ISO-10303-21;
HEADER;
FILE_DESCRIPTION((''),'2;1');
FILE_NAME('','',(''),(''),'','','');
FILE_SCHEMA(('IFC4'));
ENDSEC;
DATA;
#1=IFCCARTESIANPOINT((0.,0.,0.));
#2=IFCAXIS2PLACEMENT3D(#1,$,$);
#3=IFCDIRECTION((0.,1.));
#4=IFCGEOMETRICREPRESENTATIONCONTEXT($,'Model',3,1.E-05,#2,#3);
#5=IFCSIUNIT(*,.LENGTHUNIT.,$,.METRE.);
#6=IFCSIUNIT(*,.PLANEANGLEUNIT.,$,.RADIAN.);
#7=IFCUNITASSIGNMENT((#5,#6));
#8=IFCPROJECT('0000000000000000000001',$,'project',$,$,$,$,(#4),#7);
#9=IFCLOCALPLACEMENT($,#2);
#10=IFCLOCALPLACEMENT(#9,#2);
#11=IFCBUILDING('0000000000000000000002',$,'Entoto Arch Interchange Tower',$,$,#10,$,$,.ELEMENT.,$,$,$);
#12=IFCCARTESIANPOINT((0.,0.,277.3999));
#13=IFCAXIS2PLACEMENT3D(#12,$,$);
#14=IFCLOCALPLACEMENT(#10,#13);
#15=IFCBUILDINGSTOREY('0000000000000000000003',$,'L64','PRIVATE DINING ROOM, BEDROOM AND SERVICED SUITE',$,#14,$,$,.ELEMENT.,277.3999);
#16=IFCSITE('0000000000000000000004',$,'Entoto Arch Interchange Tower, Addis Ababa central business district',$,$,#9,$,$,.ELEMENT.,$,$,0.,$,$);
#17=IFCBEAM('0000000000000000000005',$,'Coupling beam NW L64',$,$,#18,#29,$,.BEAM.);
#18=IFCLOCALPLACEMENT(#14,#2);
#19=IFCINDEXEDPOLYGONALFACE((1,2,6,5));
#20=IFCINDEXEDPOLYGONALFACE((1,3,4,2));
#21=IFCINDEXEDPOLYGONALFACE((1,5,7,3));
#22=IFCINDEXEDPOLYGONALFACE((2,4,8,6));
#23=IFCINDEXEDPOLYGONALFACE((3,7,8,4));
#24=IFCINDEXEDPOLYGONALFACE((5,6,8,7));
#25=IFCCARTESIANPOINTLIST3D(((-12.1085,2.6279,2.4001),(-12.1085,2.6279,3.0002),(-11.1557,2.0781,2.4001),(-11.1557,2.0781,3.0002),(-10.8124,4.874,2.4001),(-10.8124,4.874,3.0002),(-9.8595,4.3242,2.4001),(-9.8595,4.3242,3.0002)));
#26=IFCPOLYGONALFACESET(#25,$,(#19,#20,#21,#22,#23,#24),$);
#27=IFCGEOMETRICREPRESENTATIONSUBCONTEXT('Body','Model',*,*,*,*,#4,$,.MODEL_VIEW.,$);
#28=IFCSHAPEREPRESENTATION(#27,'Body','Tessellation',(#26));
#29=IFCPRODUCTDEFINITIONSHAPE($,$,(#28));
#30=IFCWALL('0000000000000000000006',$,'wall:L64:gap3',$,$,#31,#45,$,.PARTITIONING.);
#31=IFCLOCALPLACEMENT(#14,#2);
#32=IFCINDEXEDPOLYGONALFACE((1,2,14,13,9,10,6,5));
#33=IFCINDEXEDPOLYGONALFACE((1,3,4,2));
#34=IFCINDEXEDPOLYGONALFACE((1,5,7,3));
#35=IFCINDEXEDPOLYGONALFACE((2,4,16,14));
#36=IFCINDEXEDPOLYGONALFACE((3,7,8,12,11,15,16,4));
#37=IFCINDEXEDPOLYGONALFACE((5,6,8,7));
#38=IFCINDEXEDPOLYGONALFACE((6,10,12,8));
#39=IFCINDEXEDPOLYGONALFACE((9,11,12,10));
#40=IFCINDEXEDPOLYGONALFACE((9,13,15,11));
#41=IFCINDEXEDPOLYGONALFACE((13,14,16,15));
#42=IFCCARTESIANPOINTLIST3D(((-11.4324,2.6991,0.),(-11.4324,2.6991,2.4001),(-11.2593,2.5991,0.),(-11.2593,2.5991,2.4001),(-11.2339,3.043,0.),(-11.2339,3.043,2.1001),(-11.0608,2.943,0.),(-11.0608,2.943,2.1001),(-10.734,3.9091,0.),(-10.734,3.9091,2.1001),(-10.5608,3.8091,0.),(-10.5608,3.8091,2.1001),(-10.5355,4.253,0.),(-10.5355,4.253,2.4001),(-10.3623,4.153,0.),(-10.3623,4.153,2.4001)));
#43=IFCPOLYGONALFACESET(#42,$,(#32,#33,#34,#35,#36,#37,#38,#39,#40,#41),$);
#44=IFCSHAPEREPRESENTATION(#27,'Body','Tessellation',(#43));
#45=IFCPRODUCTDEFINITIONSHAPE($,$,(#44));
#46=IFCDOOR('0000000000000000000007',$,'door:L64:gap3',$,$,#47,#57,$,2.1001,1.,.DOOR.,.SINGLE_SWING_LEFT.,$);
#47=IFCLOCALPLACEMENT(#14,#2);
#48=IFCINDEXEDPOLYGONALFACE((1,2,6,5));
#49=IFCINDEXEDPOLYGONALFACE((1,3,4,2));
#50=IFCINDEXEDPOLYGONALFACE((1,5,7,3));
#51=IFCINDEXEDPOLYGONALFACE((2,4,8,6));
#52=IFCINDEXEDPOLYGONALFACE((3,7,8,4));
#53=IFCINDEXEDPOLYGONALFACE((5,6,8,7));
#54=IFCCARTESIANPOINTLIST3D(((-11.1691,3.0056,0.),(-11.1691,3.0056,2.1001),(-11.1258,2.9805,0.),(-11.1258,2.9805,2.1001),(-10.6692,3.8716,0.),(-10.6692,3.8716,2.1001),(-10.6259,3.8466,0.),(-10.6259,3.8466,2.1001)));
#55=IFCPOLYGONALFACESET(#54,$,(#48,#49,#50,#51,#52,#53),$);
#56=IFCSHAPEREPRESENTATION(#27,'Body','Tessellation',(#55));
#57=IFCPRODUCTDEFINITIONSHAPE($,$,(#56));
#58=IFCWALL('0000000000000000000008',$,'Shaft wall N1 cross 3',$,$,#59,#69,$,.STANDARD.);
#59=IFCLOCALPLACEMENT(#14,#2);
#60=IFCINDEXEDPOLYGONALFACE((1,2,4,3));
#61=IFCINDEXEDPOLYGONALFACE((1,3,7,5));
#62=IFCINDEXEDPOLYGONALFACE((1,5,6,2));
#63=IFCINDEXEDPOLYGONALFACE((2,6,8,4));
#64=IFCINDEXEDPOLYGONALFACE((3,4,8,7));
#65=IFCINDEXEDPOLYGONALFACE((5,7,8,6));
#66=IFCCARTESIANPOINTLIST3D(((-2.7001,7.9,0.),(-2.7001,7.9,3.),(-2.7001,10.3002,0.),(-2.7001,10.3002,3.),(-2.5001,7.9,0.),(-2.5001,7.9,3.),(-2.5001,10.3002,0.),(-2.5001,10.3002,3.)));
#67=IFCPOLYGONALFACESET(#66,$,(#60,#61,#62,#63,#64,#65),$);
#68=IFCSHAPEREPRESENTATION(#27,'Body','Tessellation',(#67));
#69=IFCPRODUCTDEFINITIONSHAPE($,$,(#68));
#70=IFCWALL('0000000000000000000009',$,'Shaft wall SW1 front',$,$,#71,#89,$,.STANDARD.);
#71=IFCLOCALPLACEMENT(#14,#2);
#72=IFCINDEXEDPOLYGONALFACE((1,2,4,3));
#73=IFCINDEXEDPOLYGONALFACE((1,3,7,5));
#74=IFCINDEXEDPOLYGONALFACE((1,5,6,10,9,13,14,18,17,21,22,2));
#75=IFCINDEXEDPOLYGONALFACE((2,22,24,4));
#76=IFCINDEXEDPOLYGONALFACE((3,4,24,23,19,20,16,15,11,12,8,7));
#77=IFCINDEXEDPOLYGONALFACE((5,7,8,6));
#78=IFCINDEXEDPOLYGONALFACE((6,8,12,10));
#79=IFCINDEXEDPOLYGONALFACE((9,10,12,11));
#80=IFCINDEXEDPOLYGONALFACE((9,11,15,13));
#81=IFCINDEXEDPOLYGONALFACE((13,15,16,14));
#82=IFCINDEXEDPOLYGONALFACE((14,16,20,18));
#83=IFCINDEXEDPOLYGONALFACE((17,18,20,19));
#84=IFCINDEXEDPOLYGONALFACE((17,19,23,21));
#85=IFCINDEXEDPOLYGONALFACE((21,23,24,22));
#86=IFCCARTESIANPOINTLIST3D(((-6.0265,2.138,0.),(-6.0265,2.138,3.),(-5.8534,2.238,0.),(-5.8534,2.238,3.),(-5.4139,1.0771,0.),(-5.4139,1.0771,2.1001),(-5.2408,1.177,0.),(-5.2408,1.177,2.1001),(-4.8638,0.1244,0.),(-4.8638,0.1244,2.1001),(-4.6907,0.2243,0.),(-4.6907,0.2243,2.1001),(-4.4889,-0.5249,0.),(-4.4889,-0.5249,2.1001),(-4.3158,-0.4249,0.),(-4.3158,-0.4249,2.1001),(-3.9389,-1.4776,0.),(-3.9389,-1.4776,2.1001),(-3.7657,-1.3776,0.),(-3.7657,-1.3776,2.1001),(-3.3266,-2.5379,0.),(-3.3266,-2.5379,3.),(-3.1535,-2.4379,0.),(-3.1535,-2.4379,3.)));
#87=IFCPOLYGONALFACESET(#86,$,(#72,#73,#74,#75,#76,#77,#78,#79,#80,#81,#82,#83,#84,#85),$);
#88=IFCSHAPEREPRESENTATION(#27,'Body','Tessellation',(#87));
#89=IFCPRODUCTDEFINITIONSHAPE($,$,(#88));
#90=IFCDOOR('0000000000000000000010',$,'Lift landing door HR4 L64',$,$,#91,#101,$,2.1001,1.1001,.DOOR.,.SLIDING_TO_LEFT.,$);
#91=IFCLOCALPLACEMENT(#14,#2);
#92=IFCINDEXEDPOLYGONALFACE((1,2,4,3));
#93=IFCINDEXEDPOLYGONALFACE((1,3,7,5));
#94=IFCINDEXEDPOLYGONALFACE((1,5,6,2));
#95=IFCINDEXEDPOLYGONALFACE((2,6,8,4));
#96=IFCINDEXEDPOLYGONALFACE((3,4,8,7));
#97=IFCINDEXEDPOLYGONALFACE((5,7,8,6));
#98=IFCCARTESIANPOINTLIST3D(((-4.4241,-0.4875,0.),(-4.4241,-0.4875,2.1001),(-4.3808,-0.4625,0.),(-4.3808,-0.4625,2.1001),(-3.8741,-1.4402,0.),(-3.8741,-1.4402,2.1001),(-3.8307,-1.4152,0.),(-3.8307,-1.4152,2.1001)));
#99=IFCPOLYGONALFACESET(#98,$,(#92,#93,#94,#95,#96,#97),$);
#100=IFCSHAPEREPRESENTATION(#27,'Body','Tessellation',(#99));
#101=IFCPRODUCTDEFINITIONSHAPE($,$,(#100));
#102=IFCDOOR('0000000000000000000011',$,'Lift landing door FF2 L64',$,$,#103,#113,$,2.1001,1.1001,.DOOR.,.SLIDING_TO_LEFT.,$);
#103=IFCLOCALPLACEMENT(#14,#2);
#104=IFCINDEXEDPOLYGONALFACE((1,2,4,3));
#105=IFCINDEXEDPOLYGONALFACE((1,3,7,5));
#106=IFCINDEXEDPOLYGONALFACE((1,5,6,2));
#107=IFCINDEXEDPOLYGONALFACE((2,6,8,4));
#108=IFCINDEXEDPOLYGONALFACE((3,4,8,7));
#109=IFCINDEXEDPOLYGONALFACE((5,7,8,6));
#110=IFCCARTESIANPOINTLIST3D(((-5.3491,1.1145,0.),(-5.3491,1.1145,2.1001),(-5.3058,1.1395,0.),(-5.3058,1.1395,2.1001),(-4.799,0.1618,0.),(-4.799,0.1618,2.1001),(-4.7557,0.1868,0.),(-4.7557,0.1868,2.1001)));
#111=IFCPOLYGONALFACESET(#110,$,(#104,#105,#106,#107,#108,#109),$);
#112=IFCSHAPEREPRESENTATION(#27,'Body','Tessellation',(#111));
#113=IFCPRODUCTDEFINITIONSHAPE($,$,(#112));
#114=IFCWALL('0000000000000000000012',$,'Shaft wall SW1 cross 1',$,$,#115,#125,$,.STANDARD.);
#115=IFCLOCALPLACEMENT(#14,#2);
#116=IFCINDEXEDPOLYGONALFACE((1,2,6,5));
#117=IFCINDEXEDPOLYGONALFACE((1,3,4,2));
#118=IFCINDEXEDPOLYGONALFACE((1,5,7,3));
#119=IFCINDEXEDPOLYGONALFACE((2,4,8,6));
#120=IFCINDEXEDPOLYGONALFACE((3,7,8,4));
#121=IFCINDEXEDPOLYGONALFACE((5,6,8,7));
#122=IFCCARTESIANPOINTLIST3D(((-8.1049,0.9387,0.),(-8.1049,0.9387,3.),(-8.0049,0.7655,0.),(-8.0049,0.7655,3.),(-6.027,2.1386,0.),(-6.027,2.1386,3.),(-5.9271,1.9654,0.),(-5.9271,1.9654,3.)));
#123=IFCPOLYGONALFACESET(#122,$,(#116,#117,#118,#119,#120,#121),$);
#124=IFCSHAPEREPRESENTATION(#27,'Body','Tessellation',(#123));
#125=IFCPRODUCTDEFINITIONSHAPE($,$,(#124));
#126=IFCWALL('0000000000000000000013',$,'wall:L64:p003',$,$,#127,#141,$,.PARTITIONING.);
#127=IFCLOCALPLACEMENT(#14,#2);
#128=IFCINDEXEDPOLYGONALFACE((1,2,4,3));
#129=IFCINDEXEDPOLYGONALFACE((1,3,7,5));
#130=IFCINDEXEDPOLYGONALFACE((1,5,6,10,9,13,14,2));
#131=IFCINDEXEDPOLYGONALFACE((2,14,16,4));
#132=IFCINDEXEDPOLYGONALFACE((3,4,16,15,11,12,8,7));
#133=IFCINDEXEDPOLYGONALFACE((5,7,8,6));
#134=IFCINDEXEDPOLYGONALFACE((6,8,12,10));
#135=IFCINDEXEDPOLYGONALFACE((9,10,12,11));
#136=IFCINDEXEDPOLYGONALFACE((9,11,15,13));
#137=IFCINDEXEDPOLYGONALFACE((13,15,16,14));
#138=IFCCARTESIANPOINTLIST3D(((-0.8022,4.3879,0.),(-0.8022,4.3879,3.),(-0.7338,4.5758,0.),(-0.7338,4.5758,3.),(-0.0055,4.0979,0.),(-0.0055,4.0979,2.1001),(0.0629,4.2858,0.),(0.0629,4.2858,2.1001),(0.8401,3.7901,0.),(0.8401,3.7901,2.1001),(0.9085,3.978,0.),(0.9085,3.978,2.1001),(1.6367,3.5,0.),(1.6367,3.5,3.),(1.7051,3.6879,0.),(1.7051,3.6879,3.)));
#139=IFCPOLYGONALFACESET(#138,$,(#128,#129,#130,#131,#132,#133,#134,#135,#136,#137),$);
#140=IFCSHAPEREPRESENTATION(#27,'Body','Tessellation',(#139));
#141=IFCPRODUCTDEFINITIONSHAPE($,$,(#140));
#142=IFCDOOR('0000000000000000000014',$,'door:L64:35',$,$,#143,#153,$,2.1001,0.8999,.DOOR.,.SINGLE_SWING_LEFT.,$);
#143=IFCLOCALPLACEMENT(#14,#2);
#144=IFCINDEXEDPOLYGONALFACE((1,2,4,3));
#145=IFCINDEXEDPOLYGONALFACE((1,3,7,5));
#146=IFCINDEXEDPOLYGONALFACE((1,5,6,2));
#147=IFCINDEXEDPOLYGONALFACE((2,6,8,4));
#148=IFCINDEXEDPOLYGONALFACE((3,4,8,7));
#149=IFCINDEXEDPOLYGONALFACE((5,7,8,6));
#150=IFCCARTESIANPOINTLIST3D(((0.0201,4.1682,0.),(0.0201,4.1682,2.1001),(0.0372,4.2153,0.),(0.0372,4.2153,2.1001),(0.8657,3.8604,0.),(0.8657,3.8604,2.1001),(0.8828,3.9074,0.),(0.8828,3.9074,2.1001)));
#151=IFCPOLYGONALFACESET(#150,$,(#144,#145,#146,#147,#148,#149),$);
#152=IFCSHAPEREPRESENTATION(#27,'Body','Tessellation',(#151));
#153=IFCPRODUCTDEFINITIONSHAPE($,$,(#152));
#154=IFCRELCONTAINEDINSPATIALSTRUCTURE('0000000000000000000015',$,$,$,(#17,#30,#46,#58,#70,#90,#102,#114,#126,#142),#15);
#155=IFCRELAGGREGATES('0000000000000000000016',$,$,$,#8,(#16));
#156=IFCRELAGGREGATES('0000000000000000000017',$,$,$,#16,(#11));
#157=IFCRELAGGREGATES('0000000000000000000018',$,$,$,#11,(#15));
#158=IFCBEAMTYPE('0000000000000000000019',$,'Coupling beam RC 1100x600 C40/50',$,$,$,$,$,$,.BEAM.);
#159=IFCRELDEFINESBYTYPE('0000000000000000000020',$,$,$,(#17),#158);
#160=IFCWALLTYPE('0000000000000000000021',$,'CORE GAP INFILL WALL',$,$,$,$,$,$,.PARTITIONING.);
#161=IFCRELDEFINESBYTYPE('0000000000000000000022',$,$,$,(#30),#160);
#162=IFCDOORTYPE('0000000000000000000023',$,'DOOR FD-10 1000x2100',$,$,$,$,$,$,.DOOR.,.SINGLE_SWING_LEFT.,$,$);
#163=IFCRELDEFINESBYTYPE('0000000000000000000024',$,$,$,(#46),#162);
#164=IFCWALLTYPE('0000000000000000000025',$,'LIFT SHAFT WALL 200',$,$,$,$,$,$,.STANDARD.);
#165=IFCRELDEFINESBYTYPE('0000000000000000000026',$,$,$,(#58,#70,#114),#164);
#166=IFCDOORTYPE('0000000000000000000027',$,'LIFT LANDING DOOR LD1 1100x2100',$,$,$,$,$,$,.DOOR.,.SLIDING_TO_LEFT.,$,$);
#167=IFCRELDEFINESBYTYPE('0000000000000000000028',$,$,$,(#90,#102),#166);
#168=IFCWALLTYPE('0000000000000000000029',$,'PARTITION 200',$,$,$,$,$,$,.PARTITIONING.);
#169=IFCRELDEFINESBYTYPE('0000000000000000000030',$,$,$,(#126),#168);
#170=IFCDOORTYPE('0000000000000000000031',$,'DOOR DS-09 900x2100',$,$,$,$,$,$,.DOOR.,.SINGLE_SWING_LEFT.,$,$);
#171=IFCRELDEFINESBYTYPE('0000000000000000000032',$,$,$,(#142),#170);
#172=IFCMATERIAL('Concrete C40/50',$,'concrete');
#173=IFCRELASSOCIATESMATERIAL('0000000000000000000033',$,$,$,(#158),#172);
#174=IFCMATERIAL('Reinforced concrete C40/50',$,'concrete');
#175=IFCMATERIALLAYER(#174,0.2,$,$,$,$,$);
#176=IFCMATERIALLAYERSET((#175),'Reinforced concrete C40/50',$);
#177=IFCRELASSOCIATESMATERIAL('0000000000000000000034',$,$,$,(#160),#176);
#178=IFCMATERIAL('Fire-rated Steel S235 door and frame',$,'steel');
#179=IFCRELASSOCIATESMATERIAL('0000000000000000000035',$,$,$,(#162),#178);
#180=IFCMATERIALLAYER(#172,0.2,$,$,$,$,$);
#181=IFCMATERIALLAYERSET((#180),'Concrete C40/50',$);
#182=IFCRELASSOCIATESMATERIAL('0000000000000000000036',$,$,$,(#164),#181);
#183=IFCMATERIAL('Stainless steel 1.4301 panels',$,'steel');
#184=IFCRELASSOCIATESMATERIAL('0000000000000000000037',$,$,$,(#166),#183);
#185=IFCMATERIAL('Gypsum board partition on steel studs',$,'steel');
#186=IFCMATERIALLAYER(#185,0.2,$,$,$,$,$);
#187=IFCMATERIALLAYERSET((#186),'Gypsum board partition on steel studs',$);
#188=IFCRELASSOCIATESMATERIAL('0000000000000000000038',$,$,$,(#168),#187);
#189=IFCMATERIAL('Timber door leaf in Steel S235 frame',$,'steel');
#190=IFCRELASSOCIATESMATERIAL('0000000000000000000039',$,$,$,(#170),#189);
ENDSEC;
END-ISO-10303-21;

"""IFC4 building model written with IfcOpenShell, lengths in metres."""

from ifc_helpers import new_model, si_unit, direction, frame, frame_2d, origin, origin_2d, place, context, subcontext, project, spatial, rectangle, extrude, material, layer, layer_set, material_profile, profile_set, type_object, element, fill, save


model = new_model("IFC4")

# Units and contexts
model_context = context("Model", 3, precision=1e-05, world=origin(), true_north=direction((0.0, 1.0)))
body_context = subcontext(model_context, "Body", "Model", "MODEL_VIEW")
ifc_project = project(units=[si_unit("LENGTHUNIT", "METRE"), si_unit("PLANEANGLEUNIT", "RADIAN")], contexts=[model_context])

# Site, building, storey
site_placement = place(None, origin())
site = spatial("IfcSite", under=ifc_project, at=site_placement, Name="Entoto Arch Interchange Tower, Addis Ababa central business district", CompositionType="ELEMENT", RefElevation=0.0)
building_placement = place(site_placement, origin())
building = spatial("IfcBuilding", under=site, at=building_placement, Name="Entoto Arch Interchange Tower", CompositionType="ELEMENT")
storey_placement = place(building_placement, frame((0.0, 0.0, 277.3999)))
storey = spatial("IfcBuildingStorey", under=building, at=storey_placement, Name="L64", Description="PRIVATE DINING ROOM, BEDROOM AND SERVICED SUITE", CompositionType="ELEMENT", Elevation=277.3999)

# Beam
ifc_material_1 = material(Name="Concrete C40/50", Category="concrete")
ifc_material_profile = material_profile(ifc_material_1, rectangle(XDim=1.1001, YDim=0.6001, at=origin_2d()))
ifc_profile_set = profile_set([ifc_material_profile], Name="Concrete C40/50")
beam_type = type_object("IfcBeamType", Name="Coupling beam RC 1100x600 C40/50", PredefinedType="BEAM", material=ifc_profile_set)
beam_placement = place(storey_placement, frame((-10.3359, 4.5991, 2.7002), z_axis=(-0.499815, -0.866132, 0.0), x_axis=(0.866132, -0.499815, 0.0)))
element("IfcBeam", 1, at=beam_placement, inside=storey, type_object=beam_type, Name="Coupling beam NW L64", PredefinedType="BEAM", context=body_context, shape_type="SweptSolid", body=[
    extrude(rectangle(XDim=1.1001, YDim=0.6001, at=origin_2d()), origin(), (0.0, 0.0, 1.0), 2.5933),
])

# Wall, opening, door
ifc_material_2 = material(Name="Reinforced concrete C40/50", Category="concrete")
ifc_layer_1 = layer(ifc_material_2, 0.2)
ifc_layer_set_1 = layer_set([ifc_layer_1], Name="Reinforced concrete C40/50")
wall_type_1 = type_object("IfcWallType", Name="CORE GAP INFILL WALL", PredefinedType="PARTITIONING", material=ifc_layer_set_1)
wall_1_placement = place(storey_placement, frame((-10.449, 4.2029, 0.0), z_axis=(0.0, 0.0, 1.0), x_axis=(-0.499915, -0.866075, 0.0)))
wall_1 = element("IfcWall", 2, at=wall_1_placement, inside=storey, type_object=wall_type_1, Name="wall:L64:gap3", PredefinedType="PARTITIONING", context=body_context, shape_type="SweptSolid", body=[
    extrude(rectangle(XDim=1.7942, YDim=0.2, at=frame_2d((0.897, 0.0))), origin(), (0.0, 0.0, 1.0), 2.4001),
])
opening_1_placement = place(wall_1_placement, frame((0.397, 0.0, 0.0)))
opening_1 = element("IfcOpeningElement", 3, at=opening_1_placement, cuts=wall_1, PredefinedType="OPENING", context=body_context, shape_type="SweptSolid", body=[
    extrude(rectangle(XDim=1.0, YDim=2.1001, at=frame_2d((0.5, 1.05))), frame((0.0, 0.1099, 0.0), z_axis=(0.0, -1.0, 0.0), x_axis=(1.0, 0.0, 0.0)), (0.0, 0.0, 1.0), 0.22),
])
ifc_material_3 = material(Name="Fire-rated Steel S235 door and frame", Category="steel")
door_type_1 = type_object("IfcDoorType", Name="DOOR FD-10 1000x2100", OperationType="SINGLE_SWING_LEFT", PredefinedType="DOOR", material=ifc_material_3)
door_1_placement = place(opening_1_placement, origin())
door_1 = element("IfcDoor", 4, at=door_1_placement, inside=storey, type_object=door_type_1, Name="door:L64:gap3", OperationType="SINGLE_SWING_LEFT", OverallHeight=2.1001, OverallWidth=1.0, PredefinedType="DOOR", context=body_context, shape_type="SweptSolid", body=[
    extrude(rectangle(XDim=1.0, YDim=2.1001, at=frame_2d((0.5, 1.05))), frame((0.0, 0.0249, 0.0), z_axis=(0.0, -1.0, 0.0), x_axis=(1.0, 0.0, 0.0)), (0.0, 0.0, 1.0), 0.05),
])
fill(opening_1, door_1)

# Wall
ifc_layer_2 = layer(ifc_material_1, 0.2)
ifc_layer_set_2 = layer_set([ifc_layer_2], Name="Concrete C40/50")
wall_type_2 = type_object("IfcWallType", Name="LIFT SHAFT WALL 200", PredefinedType="STANDARD", material=ifc_layer_set_2)
wall_2_placement = place(storey_placement, frame((-2.6001, 7.8999, 0.0), z_axis=(0.0, 0.0, 1.0), x_axis=(0.0, 1.0, 0.0)))
element("IfcWall", 5, at=wall_2_placement, inside=storey, type_object=wall_type_2, Name="Shaft wall N1 cross 3", PredefinedType="STANDARD", context=body_context, shape_type="SweptSolid", body=[
    extrude(rectangle(XDim=2.4001, YDim=0.2, at=frame_2d((1.2002, 0.0))), origin(), (0.0, 0.0, 1.0), 3.0),
])

# Wall, openings, doors
wall_3_placement = place(storey_placement, frame((-5.9399, 2.188, 0.0), z_axis=(0.0, 0.0, 1.0), x_axis=(0.500034, -0.866006, 0.0)))
wall_3 = element("IfcWall", 6, at=wall_3_placement, inside=storey, type_object=wall_type_2, Name="Shaft wall SW1 front", PredefinedType="STANDARD", context=body_context, shape_type="SweptSolid", body=[
    extrude(rectangle(XDim=5.3994, YDim=0.2, at=frame_2d((2.6997, 0.0))), origin(), (0.0, 0.0, 1.0), 3.0),
])
opening_2_placement = place(wall_3_placement, frame((3.075, 0.0, 0.0)))
opening_2 = element("IfcOpeningElement", 7, at=opening_2_placement, cuts=wall_3, PredefinedType="OPENING", context=body_context, shape_type="SweptSolid", body=[
    extrude(rectangle(XDim=1.1001, YDim=2.1001, at=frame_2d((0.55, 1.05))), frame((0.0, 0.1099, 0.0), z_axis=(0.0, -1.0, 0.0), x_axis=(1.0, 0.0, 0.0)), (0.0, 0.0, 1.0), 0.22),
])
opening_3_placement = place(wall_3_placement, frame((1.2251, 0.0, 0.0)))
opening_3 = element("IfcOpeningElement", 8, at=opening_3_placement, cuts=wall_3, PredefinedType="OPENING", context=body_context, shape_type="SweptSolid", body=[
    extrude(rectangle(XDim=1.1001, YDim=2.1001, at=frame_2d((0.55, 1.05))), frame((0.0, 0.1099, 0.0), z_axis=(0.0, -1.0, 0.0), x_axis=(1.0, 0.0, 0.0)), (0.0, 0.0, 1.0), 0.22),
])
ifc_material_4 = material(Name="Stainless steel 1.4301 panels", Category="steel")
door_type_2 = type_object("IfcDoorType", Name="LIFT LANDING DOOR LD1 1100x2100", OperationType="SLIDING_TO_LEFT", PredefinedType="DOOR", material=ifc_material_4)
door_2_placement = place(opening_2_placement, origin())
door_2 = element("IfcDoor", 9, at=door_2_placement, inside=storey, type_object=door_type_2, Name="Lift landing door HR4 L64", OperationType="SLIDING_TO_LEFT", OverallHeight=2.1001, OverallWidth=1.1001, PredefinedType="DOOR", context=body_context, shape_type="SweptSolid", body=[
    extrude(rectangle(XDim=1.1001, YDim=2.1001, at=frame_2d((0.55, 1.05))), frame((0.0, 0.0249, 0.0), z_axis=(0.0, -1.0, 0.0), x_axis=(1.0, 0.0, 0.0)), (0.0, 0.0, 1.0), 0.05),
])
fill(opening_2, door_2)
door_3_placement = place(opening_3_placement, origin())
door_3 = element("IfcDoor", 10, at=door_3_placement, inside=storey, type_object=door_type_2, Name="Lift landing door FF2 L64", OperationType="SLIDING_TO_LEFT", OverallHeight=2.1001, OverallWidth=1.1001, PredefinedType="DOOR", context=body_context, shape_type="SweptSolid", body=[
    extrude(rectangle(XDim=1.1001, YDim=2.1001, at=frame_2d((0.55, 1.05))), frame((0.0, 0.0249, 0.0), z_axis=(0.0, -1.0, 0.0), x_axis=(1.0, 0.0, 0.0)), (0.0, 0.0, 1.0), 0.05),
])
fill(opening_3, door_3)

# Wall
wall_4_placement = place(storey_placement, frame((-5.9771, 2.052, 0.0), z_axis=(0.0, 0.0, 1.0), x_axis=(-0.865974, -0.500089, 0.0)))
element("IfcWall", 11, at=wall_4_placement, inside=storey, type_object=wall_type_2, Name="Shaft wall SW1 cross 1", PredefinedType="STANDARD", context=body_context, shape_type="SweptSolid", body=[
    extrude(rectangle(XDim=2.3994, YDim=0.2, at=frame_2d((1.1997, 0.0))), origin(), (0.0, 0.0, 1.0), 3.0),
])

# Wall, opening, door
ifc_material_5 = material(Name="Gypsum board partition on steel studs", Category="steel")
ifc_layer_3 = layer(ifc_material_5, 0.2)
ifc_layer_set_3 = layer_set([ifc_layer_3], Name="Gypsum board partition on steel studs")
wall_type_3 = type_object("IfcWallType", Name="PARTITION 200", PredefinedType="PARTITIONING", material=ifc_layer_set_3)
wall_5_placement = place(storey_placement, frame((-0.7681, 4.4819, 0.0), z_axis=(0.0, 0.0, 1.0), x_axis=(0.939664, -0.342098, 0.0)))
wall_5 = element("IfcWall", 12, at=wall_5_placement, inside=storey, type_object=wall_type_3, Name="wall:L64:p003", PredefinedType="PARTITIONING", context=body_context, shape_type="SweptSolid", body=[
    extrude(rectangle(XDim=2.5955, YDim=0.2, at=frame_2d((1.2979, 0.0))), origin(), (0.0, 0.0, 1.0), 3.0),
])
opening_4_placement = place(wall_5_placement, frame((0.8479, 0.0, 0.0)))
opening_4 = element("IfcOpeningElement", 13, at=opening_4_placement, cuts=wall_5, PredefinedType="OPENING", context=body_context, shape_type="SweptSolid", body=[
    extrude(rectangle(XDim=0.8999, YDim=2.1001, at=frame_2d((0.45, 1.05))), frame((0.0, 0.1099, 0.0), z_axis=(0.0, -1.0, 0.0), x_axis=(1.0, 0.0, 0.0)), (0.0, 0.0, 1.0), 0.22),
])
ifc_material_6 = material(Name="Timber door leaf in Steel S235 frame", Category="steel")
door_type_3 = type_object("IfcDoorType", Name="DOOR DS-09 900x2100", OperationType="SINGLE_SWING_LEFT", PredefinedType="DOOR", material=ifc_material_6)
door_4_placement = place(opening_4_placement, origin())
door_4 = element("IfcDoor", 14, at=door_4_placement, inside=storey, type_object=door_type_3, Name="door:L64:35", OperationType="SINGLE_SWING_LEFT", OverallHeight=2.1001, OverallWidth=0.8999, PredefinedType="DOOR", context=body_context, shape_type="SweptSolid", body=[
    extrude(rectangle(XDim=0.8999, YDim=2.1001, at=frame_2d((0.45, 1.05))), frame((0.0, 0.0249, 0.0), z_axis=(0.0, -1.0, 0.0), x_axis=(1.0, 0.0, 0.0)), (0.0, 0.0, 1.0), 0.05),
])
fill(opening_4, door_4)

save(model, "model.ifc")
